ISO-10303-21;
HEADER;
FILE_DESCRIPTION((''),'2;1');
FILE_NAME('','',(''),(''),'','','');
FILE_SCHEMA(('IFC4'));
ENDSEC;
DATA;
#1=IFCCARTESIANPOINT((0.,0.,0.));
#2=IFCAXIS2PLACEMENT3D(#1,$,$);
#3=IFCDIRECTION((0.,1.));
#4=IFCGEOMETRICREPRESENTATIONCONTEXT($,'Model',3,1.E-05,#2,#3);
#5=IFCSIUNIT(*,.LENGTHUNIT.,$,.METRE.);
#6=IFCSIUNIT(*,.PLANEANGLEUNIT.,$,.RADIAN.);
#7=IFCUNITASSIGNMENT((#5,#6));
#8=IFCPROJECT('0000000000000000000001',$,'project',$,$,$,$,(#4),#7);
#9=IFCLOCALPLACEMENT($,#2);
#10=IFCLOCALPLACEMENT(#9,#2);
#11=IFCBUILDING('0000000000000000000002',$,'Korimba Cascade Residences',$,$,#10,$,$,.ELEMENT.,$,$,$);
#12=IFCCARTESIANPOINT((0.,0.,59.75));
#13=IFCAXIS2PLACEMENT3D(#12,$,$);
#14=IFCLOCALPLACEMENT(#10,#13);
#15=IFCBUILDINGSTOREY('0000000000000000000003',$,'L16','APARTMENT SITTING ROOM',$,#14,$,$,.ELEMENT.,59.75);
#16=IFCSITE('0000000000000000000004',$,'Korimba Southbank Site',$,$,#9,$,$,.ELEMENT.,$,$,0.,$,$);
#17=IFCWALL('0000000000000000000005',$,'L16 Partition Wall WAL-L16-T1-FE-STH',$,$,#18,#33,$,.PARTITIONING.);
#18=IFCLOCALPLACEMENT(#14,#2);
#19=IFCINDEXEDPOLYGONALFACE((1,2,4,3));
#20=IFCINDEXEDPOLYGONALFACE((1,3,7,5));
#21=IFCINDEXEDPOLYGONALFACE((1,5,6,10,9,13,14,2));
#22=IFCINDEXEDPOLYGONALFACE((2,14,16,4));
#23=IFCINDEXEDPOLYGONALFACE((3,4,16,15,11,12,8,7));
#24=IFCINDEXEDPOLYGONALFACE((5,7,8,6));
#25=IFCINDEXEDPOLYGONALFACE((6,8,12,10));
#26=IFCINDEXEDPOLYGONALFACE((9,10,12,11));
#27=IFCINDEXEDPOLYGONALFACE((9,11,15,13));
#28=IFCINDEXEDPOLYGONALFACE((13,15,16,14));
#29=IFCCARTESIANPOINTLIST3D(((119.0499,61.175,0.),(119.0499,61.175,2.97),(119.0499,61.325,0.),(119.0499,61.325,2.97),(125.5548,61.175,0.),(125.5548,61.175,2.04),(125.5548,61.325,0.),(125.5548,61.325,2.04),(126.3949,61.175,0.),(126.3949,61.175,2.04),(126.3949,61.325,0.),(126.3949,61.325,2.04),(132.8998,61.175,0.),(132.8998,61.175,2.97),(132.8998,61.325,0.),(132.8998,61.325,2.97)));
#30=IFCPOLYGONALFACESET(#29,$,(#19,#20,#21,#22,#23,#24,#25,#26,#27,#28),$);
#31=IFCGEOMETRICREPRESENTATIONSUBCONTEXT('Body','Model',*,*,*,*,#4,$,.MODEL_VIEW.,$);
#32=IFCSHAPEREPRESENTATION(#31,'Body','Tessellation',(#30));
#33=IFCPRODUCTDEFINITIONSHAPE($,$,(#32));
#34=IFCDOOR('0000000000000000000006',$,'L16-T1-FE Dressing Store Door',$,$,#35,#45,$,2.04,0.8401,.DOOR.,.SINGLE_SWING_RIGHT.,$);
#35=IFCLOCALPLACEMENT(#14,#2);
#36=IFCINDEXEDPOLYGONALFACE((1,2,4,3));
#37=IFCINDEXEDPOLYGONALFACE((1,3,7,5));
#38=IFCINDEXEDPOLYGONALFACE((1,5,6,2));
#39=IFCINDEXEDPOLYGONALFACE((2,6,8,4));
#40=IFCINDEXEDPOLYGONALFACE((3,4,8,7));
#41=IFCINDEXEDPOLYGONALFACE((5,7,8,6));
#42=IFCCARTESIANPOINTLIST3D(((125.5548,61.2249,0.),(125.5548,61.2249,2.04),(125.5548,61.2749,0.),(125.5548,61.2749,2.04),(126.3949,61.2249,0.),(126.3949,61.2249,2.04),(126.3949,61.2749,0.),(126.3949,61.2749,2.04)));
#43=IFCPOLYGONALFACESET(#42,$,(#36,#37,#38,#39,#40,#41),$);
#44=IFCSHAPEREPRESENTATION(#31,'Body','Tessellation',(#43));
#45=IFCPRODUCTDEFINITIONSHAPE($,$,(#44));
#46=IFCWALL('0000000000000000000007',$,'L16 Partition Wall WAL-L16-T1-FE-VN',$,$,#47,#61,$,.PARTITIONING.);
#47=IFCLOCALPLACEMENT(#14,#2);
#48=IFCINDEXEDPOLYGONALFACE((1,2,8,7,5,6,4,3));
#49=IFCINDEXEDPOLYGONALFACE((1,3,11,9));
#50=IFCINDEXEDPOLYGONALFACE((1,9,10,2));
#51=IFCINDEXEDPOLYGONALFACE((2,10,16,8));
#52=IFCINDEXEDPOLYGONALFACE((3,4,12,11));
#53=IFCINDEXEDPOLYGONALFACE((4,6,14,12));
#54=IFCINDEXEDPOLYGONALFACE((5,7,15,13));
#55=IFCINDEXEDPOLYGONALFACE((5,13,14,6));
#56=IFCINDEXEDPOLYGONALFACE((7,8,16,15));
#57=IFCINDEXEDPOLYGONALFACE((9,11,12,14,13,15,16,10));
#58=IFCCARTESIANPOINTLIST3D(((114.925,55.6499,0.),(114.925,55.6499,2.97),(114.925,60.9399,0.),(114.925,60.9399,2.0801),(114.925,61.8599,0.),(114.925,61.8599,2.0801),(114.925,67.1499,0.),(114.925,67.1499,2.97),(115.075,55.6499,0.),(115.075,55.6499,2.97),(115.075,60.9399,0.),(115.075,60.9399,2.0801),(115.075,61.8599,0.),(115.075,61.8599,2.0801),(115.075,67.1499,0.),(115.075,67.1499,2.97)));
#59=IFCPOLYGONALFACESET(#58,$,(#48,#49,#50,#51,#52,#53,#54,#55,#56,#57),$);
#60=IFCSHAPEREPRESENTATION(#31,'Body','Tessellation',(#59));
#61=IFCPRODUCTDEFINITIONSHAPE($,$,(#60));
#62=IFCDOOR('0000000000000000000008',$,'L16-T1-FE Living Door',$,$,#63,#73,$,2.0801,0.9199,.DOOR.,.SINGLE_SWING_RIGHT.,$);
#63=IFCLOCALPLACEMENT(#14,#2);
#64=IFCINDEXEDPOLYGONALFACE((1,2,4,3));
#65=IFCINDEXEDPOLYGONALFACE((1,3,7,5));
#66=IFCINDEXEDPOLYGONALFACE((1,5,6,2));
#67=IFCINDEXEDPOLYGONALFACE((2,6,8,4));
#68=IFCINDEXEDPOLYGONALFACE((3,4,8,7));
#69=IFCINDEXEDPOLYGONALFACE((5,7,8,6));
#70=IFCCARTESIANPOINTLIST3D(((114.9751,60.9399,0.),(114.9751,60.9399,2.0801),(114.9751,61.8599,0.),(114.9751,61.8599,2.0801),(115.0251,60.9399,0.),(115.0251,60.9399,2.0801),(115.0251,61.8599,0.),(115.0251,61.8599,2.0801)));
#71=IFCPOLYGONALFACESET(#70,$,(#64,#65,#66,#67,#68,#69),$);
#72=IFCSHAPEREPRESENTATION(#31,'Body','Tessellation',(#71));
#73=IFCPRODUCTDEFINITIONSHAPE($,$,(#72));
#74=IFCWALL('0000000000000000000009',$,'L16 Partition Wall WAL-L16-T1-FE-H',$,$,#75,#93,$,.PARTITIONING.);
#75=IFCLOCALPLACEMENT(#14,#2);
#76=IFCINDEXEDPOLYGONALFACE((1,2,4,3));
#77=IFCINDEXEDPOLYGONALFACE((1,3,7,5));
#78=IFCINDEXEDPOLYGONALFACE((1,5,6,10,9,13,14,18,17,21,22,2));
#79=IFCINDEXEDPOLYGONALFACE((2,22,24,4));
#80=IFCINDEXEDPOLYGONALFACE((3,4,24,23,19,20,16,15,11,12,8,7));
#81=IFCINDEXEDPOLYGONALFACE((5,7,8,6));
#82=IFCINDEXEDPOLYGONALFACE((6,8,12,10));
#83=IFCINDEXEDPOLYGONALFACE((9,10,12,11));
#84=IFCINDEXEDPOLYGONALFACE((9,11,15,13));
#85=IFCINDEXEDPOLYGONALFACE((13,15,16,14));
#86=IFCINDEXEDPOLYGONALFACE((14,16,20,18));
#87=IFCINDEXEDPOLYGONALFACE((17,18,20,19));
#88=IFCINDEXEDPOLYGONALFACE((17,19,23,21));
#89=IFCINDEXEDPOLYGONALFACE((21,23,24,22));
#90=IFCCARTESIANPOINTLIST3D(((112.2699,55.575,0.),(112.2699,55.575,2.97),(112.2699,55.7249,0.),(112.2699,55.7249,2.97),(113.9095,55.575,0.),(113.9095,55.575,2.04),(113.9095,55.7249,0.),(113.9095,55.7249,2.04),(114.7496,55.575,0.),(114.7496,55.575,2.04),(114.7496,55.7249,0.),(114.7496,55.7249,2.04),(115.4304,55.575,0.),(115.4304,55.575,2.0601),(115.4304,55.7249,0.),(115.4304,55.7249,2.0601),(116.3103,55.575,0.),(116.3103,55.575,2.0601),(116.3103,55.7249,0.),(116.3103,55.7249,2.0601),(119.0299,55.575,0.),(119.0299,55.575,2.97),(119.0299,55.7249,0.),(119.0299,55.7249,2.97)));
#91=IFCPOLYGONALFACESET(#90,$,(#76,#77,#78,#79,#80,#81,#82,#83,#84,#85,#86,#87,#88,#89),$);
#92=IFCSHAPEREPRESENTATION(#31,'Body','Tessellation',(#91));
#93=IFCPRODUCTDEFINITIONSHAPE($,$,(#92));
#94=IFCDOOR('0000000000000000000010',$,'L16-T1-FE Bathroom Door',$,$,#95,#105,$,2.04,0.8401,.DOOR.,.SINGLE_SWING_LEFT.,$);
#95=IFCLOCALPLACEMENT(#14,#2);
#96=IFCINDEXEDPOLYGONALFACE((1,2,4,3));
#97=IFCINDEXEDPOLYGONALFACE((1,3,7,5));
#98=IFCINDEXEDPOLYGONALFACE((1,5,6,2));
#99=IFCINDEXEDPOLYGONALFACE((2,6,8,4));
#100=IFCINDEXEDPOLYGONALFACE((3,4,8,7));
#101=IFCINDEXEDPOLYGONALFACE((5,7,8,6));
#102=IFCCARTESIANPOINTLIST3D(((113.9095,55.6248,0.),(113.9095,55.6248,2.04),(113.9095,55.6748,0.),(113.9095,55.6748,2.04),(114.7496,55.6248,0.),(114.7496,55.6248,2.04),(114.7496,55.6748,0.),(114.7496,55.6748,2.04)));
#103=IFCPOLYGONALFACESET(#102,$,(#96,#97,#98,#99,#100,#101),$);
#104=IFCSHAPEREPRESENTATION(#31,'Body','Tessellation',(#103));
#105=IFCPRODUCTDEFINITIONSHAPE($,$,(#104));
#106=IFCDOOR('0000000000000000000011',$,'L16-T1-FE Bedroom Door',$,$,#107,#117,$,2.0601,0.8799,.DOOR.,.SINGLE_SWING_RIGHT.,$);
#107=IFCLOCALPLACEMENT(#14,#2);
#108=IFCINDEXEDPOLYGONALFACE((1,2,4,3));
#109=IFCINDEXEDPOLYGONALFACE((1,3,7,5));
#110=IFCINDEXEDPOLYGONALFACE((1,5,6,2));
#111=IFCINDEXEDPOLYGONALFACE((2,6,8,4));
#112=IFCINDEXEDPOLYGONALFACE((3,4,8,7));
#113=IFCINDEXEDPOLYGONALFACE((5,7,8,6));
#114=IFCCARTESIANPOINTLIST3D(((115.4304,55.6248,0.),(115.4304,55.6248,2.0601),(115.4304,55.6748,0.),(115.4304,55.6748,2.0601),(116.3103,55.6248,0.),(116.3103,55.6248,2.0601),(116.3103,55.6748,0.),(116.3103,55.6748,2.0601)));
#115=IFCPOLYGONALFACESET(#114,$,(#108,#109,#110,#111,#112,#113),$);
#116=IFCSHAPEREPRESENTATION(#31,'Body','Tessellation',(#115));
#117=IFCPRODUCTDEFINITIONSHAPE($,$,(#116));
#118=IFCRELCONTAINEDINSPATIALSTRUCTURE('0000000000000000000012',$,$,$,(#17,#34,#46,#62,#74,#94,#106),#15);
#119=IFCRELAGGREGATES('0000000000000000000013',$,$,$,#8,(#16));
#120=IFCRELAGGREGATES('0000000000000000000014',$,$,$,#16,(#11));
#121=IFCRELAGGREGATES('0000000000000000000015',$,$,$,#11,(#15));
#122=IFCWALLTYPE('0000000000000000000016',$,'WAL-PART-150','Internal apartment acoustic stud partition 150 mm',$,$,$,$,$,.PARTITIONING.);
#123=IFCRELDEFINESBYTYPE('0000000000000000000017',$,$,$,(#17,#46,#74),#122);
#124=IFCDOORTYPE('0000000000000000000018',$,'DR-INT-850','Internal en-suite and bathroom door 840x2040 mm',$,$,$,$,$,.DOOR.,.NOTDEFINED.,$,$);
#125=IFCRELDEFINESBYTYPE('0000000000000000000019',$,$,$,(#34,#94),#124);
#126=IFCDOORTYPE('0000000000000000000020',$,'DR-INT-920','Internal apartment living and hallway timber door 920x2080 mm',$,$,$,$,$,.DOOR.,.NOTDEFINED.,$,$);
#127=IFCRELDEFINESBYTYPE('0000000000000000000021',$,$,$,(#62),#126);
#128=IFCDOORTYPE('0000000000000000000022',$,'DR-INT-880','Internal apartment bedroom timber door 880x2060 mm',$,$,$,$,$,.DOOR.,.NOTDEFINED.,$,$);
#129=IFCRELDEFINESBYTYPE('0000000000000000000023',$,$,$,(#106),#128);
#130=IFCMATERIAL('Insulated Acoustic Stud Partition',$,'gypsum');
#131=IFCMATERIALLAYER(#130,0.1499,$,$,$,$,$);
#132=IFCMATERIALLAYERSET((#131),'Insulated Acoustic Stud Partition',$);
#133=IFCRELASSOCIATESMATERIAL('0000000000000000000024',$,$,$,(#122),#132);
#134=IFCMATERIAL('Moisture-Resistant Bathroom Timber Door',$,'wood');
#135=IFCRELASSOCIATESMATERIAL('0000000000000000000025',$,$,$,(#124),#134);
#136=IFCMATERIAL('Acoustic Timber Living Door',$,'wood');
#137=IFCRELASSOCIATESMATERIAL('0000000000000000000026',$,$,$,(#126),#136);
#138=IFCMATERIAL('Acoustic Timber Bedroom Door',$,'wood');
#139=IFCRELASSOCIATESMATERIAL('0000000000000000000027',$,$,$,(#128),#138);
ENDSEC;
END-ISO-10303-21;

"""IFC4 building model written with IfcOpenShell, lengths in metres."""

from ifc_helpers import new_model, si_unit, direction, frame, frame_2d, origin, place, context, subcontext, project, spatial, rectangle, extrude, material, layer, layer_set, type_object, element, fill, save


model = new_model("IFC4")

# Units and contexts
model_context = context("Model", 3, precision=1e-05, world=origin(), true_north=direction((0.0, 1.0)))
body_context = subcontext(model_context, "Body", "Model", "MODEL_VIEW")
ifc_project = project(units=[si_unit("LENGTHUNIT", "METRE"), si_unit("PLANEANGLEUNIT", "RADIAN")], contexts=[model_context])

# Site, building, storey
site_placement = place(None, origin())
site = spatial("IfcSite", under=ifc_project, at=site_placement, Name="Korimba Southbank Site", CompositionType="ELEMENT", RefElevation=0.0)
building_placement = place(site_placement, origin())
building = spatial("IfcBuilding", under=site, at=building_placement, Name="Korimba Cascade Residences", CompositionType="ELEMENT")
storey_placement = place(building_placement, frame((0.0, 0.0, 59.75)))
storey = spatial("IfcBuildingStorey", under=building, at=storey_placement, Name="L16", Description="APARTMENT SITTING ROOM", CompositionType="ELEMENT", Elevation=59.75)

# Walls, openings, doors
ifc_material_1 = material(Name="Insulated Acoustic Stud Partition", Category="gypsum")
ifc_layer_1 = layer(ifc_material_1, 0.1499)
ifc_layer_set_1 = layer_set([ifc_layer_1], Name="Insulated Acoustic Stud Partition")
wall_type_1 = type_object("IfcWallType", Name="WAL-PART-150", Description="Internal apartment acoustic stud partition 150 mm", PredefinedType="PARTITIONING", material=ifc_layer_set_1)
wall_1_placement = place(storey_placement, frame((119.05, 61.25, 0.0), z_axis=(0.0, 0.0, 1.0), x_axis=(1.0, 0.0, 0.0)))
wall_1 = element("IfcWall", 1, at=wall_1_placement, inside=storey, type_object=wall_type_1, Name="L16 Partition Wall WAL-L16-T1-FE-STH", PredefinedType="PARTITIONING", context=body_context, shape_type="SweptSolid", body=[
    extrude(rectangle(XDim=13.8499, YDim=0.1499, at=frame_2d((6.9248, 0.0))), origin(), (0.0, 0.0, 1.0), 2.97),
])
opening_1_placement = place(wall_1_placement, frame((6.5049, 0.0, 0.0)))
opening_1 = element("IfcOpeningElement", 2, at=opening_1_placement, cuts=wall_1, PredefinedType="OPENING", context=body_context, shape_type="SweptSolid", body=[
    extrude(rectangle(XDim=0.8401, YDim=2.04, at=frame_2d((0.4199, 1.02))), frame((0.0, 0.085, 0.0), z_axis=(0.0, -1.0, 0.0), x_axis=(1.0, 0.0, 0.0)), (0.0, 0.0, 1.0), 0.1699),
])
ifc_material_2 = material(Name="Moisture-Resistant Bathroom Timber Door", Category="wood")
door_type_1 = type_object("IfcDoorType", Name="DR-INT-850", Description="Internal en-suite and bathroom door 840x2040 mm", OperationType="NOTDEFINED", PredefinedType="DOOR", material=ifc_material_2)
door_1_placement = place(opening_1_placement, origin())
door_1 = element("IfcDoor", 3, at=door_1_placement, inside=storey, type_object=door_type_1, Name="L16-T1-FE Dressing Store Door", OperationType="SINGLE_SWING_RIGHT", OverallHeight=2.04, OverallWidth=0.8401, PredefinedType="DOOR", context=body_context, shape_type="SweptSolid", body=[
    extrude(rectangle(XDim=0.8401, YDim=2.04, at=frame_2d((0.4199, 1.02))), frame((0.0, 0.0249, 0.0), z_axis=(0.0, -1.0, 0.0), x_axis=(1.0, 0.0, 0.0)), (0.0, 0.0, 1.0), 0.05),
])
fill(opening_1, door_1)
wall_2_placement = place(storey_placement, frame((115.0, 55.6499, 0.0), z_axis=(0.0, 0.0, 1.0), x_axis=(0.0, 1.0, 0.0)))
wall_2 = element("IfcWall", 4, at=wall_2_placement, inside=storey, type_object=wall_type_1, Name="L16 Partition Wall WAL-L16-T1-FE-VN", PredefinedType="PARTITIONING", context=body_context, shape_type="SweptSolid", body=[
    extrude(rectangle(XDim=11.5, YDim=0.1499, at=frame_2d((5.75, 0.0))), origin(), (0.0, 0.0, 1.0), 2.97),
])
opening_2_placement = place(wall_2_placement, frame((5.29, 0.0, 0.0)))
opening_2 = element("IfcOpeningElement", 5, at=opening_2_placement, cuts=wall_2, PredefinedType="OPENING", context=body_context, shape_type="SweptSolid", body=[
    extrude(rectangle(XDim=0.9199, YDim=2.0801, at=frame_2d((0.46, 1.04))), frame((0.0, 0.085, 0.0), z_axis=(0.0, -1.0, 0.0), x_axis=(1.0, 0.0, 0.0)), (0.0, 0.0, 1.0), 0.1699),
])
ifc_material_3 = material(Name="Acoustic Timber Living Door", Category="wood")
door_type_2 = type_object("IfcDoorType", Name="DR-INT-920", Description="Internal apartment living and hallway timber door 920x2080 mm", OperationType="NOTDEFINED", PredefinedType="DOOR", material=ifc_material_3)
door_2_placement = place(opening_2_placement, origin())
door_2 = element("IfcDoor", 6, at=door_2_placement, inside=storey, type_object=door_type_2, Name="L16-T1-FE Living Door", OperationType="SINGLE_SWING_RIGHT", OverallHeight=2.0801, OverallWidth=0.9199, PredefinedType="DOOR", context=body_context, shape_type="SweptSolid", body=[
    extrude(rectangle(XDim=0.9199, YDim=2.0801, at=frame_2d((0.46, 1.04))), frame((0.0, 0.0249, 0.0), z_axis=(0.0, -1.0, 0.0), x_axis=(1.0, 0.0, 0.0)), (0.0, 0.0, 1.0), 0.05),
])
fill(opening_2, door_2)

# Wall, openings, doors
wall_3_placement = place(storey_placement, frame((112.27, 55.6499, 0.0), z_axis=(0.0, 0.0, 1.0), x_axis=(1.0, 0.0, 0.0)))
wall_3 = element("IfcWall", 7, at=wall_3_placement, inside=storey, type_object=wall_type_1, Name="L16 Partition Wall WAL-L16-T1-FE-H", PredefinedType="PARTITIONING", context=body_context, shape_type="SweptSolid", body=[
    extrude(rectangle(XDim=6.76, YDim=0.1499, at=frame_2d((3.3799, 0.0))), origin(), (0.0, 0.0, 1.0), 2.97),
])
opening_3_placement = place(wall_3_placement, frame((1.6396, 0.0, 0.0)))
opening_3 = element("IfcOpeningElement", 8, at=opening_3_placement, cuts=wall_3, PredefinedType="OPENING", context=body_context, shape_type="SweptSolid", body=[
    extrude(rectangle(XDim=0.8401, YDim=2.04, at=frame_2d((0.4199, 1.02))), frame((0.0, 0.085, 0.0), z_axis=(0.0, -1.0, 0.0), x_axis=(1.0, 0.0, 0.0)), (0.0, 0.0, 1.0), 0.1699),
])
opening_4_placement = place(wall_3_placement, frame((3.1604, 0.0, 0.0)))
opening_4 = element("IfcOpeningElement", 9, at=opening_4_placement, cuts=wall_3, PredefinedType="OPENING", context=body_context, shape_type="SweptSolid", body=[
    extrude(rectangle(XDim=0.8799, YDim=2.0601, at=frame_2d((0.4399, 1.03))), frame((0.0, 0.085, 0.0), z_axis=(0.0, -1.0, 0.0), x_axis=(1.0, 0.0, 0.0)), (0.0, 0.0, 1.0), 0.1699),
])
door_3_placement = place(opening_3_placement, origin())
door_3 = element("IfcDoor", 10, at=door_3_placement, inside=storey, type_object=door_type_1, Name="L16-T1-FE Bathroom Door", OperationType="SINGLE_SWING_LEFT", OverallHeight=2.04, OverallWidth=0.8401, PredefinedType="DOOR", context=body_context, shape_type="SweptSolid", body=[
    extrude(rectangle(XDim=0.8401, YDim=2.04, at=frame_2d((0.4199, 1.02))), frame((0.0, 0.0249, 0.0), z_axis=(0.0, -1.0, 0.0), x_axis=(1.0, 0.0, 0.0)), (0.0, 0.0, 1.0), 0.05),
])
fill(opening_3, door_3)
ifc_material_4 = material(Name="Acoustic Timber Bedroom Door", Category="wood")
door_type_3 = type_object("IfcDoorType", Name="DR-INT-880", Description="Internal apartment bedroom timber door 880x2060 mm", OperationType="NOTDEFINED", PredefinedType="DOOR", material=ifc_material_4)
door_4_placement = place(opening_4_placement, origin())
door_4 = element("IfcDoor", 11, at=door_4_placement, inside=storey, type_object=door_type_3, Name="L16-T1-FE Bedroom Door", OperationType="SINGLE_SWING_RIGHT", OverallHeight=2.0601, OverallWidth=0.8799, PredefinedType="DOOR", context=body_context, shape_type="SweptSolid", body=[
    extrude(rectangle(XDim=0.8799, YDim=2.0601, at=frame_2d((0.4399, 1.03))), frame((0.0, 0.0249, 0.0), z_axis=(0.0, -1.0, 0.0), x_axis=(1.0, 0.0, 0.0)), (0.0, 0.0, 1.0), 0.05),
])
fill(opening_4, door_4)

save(model, "model.ifc")
